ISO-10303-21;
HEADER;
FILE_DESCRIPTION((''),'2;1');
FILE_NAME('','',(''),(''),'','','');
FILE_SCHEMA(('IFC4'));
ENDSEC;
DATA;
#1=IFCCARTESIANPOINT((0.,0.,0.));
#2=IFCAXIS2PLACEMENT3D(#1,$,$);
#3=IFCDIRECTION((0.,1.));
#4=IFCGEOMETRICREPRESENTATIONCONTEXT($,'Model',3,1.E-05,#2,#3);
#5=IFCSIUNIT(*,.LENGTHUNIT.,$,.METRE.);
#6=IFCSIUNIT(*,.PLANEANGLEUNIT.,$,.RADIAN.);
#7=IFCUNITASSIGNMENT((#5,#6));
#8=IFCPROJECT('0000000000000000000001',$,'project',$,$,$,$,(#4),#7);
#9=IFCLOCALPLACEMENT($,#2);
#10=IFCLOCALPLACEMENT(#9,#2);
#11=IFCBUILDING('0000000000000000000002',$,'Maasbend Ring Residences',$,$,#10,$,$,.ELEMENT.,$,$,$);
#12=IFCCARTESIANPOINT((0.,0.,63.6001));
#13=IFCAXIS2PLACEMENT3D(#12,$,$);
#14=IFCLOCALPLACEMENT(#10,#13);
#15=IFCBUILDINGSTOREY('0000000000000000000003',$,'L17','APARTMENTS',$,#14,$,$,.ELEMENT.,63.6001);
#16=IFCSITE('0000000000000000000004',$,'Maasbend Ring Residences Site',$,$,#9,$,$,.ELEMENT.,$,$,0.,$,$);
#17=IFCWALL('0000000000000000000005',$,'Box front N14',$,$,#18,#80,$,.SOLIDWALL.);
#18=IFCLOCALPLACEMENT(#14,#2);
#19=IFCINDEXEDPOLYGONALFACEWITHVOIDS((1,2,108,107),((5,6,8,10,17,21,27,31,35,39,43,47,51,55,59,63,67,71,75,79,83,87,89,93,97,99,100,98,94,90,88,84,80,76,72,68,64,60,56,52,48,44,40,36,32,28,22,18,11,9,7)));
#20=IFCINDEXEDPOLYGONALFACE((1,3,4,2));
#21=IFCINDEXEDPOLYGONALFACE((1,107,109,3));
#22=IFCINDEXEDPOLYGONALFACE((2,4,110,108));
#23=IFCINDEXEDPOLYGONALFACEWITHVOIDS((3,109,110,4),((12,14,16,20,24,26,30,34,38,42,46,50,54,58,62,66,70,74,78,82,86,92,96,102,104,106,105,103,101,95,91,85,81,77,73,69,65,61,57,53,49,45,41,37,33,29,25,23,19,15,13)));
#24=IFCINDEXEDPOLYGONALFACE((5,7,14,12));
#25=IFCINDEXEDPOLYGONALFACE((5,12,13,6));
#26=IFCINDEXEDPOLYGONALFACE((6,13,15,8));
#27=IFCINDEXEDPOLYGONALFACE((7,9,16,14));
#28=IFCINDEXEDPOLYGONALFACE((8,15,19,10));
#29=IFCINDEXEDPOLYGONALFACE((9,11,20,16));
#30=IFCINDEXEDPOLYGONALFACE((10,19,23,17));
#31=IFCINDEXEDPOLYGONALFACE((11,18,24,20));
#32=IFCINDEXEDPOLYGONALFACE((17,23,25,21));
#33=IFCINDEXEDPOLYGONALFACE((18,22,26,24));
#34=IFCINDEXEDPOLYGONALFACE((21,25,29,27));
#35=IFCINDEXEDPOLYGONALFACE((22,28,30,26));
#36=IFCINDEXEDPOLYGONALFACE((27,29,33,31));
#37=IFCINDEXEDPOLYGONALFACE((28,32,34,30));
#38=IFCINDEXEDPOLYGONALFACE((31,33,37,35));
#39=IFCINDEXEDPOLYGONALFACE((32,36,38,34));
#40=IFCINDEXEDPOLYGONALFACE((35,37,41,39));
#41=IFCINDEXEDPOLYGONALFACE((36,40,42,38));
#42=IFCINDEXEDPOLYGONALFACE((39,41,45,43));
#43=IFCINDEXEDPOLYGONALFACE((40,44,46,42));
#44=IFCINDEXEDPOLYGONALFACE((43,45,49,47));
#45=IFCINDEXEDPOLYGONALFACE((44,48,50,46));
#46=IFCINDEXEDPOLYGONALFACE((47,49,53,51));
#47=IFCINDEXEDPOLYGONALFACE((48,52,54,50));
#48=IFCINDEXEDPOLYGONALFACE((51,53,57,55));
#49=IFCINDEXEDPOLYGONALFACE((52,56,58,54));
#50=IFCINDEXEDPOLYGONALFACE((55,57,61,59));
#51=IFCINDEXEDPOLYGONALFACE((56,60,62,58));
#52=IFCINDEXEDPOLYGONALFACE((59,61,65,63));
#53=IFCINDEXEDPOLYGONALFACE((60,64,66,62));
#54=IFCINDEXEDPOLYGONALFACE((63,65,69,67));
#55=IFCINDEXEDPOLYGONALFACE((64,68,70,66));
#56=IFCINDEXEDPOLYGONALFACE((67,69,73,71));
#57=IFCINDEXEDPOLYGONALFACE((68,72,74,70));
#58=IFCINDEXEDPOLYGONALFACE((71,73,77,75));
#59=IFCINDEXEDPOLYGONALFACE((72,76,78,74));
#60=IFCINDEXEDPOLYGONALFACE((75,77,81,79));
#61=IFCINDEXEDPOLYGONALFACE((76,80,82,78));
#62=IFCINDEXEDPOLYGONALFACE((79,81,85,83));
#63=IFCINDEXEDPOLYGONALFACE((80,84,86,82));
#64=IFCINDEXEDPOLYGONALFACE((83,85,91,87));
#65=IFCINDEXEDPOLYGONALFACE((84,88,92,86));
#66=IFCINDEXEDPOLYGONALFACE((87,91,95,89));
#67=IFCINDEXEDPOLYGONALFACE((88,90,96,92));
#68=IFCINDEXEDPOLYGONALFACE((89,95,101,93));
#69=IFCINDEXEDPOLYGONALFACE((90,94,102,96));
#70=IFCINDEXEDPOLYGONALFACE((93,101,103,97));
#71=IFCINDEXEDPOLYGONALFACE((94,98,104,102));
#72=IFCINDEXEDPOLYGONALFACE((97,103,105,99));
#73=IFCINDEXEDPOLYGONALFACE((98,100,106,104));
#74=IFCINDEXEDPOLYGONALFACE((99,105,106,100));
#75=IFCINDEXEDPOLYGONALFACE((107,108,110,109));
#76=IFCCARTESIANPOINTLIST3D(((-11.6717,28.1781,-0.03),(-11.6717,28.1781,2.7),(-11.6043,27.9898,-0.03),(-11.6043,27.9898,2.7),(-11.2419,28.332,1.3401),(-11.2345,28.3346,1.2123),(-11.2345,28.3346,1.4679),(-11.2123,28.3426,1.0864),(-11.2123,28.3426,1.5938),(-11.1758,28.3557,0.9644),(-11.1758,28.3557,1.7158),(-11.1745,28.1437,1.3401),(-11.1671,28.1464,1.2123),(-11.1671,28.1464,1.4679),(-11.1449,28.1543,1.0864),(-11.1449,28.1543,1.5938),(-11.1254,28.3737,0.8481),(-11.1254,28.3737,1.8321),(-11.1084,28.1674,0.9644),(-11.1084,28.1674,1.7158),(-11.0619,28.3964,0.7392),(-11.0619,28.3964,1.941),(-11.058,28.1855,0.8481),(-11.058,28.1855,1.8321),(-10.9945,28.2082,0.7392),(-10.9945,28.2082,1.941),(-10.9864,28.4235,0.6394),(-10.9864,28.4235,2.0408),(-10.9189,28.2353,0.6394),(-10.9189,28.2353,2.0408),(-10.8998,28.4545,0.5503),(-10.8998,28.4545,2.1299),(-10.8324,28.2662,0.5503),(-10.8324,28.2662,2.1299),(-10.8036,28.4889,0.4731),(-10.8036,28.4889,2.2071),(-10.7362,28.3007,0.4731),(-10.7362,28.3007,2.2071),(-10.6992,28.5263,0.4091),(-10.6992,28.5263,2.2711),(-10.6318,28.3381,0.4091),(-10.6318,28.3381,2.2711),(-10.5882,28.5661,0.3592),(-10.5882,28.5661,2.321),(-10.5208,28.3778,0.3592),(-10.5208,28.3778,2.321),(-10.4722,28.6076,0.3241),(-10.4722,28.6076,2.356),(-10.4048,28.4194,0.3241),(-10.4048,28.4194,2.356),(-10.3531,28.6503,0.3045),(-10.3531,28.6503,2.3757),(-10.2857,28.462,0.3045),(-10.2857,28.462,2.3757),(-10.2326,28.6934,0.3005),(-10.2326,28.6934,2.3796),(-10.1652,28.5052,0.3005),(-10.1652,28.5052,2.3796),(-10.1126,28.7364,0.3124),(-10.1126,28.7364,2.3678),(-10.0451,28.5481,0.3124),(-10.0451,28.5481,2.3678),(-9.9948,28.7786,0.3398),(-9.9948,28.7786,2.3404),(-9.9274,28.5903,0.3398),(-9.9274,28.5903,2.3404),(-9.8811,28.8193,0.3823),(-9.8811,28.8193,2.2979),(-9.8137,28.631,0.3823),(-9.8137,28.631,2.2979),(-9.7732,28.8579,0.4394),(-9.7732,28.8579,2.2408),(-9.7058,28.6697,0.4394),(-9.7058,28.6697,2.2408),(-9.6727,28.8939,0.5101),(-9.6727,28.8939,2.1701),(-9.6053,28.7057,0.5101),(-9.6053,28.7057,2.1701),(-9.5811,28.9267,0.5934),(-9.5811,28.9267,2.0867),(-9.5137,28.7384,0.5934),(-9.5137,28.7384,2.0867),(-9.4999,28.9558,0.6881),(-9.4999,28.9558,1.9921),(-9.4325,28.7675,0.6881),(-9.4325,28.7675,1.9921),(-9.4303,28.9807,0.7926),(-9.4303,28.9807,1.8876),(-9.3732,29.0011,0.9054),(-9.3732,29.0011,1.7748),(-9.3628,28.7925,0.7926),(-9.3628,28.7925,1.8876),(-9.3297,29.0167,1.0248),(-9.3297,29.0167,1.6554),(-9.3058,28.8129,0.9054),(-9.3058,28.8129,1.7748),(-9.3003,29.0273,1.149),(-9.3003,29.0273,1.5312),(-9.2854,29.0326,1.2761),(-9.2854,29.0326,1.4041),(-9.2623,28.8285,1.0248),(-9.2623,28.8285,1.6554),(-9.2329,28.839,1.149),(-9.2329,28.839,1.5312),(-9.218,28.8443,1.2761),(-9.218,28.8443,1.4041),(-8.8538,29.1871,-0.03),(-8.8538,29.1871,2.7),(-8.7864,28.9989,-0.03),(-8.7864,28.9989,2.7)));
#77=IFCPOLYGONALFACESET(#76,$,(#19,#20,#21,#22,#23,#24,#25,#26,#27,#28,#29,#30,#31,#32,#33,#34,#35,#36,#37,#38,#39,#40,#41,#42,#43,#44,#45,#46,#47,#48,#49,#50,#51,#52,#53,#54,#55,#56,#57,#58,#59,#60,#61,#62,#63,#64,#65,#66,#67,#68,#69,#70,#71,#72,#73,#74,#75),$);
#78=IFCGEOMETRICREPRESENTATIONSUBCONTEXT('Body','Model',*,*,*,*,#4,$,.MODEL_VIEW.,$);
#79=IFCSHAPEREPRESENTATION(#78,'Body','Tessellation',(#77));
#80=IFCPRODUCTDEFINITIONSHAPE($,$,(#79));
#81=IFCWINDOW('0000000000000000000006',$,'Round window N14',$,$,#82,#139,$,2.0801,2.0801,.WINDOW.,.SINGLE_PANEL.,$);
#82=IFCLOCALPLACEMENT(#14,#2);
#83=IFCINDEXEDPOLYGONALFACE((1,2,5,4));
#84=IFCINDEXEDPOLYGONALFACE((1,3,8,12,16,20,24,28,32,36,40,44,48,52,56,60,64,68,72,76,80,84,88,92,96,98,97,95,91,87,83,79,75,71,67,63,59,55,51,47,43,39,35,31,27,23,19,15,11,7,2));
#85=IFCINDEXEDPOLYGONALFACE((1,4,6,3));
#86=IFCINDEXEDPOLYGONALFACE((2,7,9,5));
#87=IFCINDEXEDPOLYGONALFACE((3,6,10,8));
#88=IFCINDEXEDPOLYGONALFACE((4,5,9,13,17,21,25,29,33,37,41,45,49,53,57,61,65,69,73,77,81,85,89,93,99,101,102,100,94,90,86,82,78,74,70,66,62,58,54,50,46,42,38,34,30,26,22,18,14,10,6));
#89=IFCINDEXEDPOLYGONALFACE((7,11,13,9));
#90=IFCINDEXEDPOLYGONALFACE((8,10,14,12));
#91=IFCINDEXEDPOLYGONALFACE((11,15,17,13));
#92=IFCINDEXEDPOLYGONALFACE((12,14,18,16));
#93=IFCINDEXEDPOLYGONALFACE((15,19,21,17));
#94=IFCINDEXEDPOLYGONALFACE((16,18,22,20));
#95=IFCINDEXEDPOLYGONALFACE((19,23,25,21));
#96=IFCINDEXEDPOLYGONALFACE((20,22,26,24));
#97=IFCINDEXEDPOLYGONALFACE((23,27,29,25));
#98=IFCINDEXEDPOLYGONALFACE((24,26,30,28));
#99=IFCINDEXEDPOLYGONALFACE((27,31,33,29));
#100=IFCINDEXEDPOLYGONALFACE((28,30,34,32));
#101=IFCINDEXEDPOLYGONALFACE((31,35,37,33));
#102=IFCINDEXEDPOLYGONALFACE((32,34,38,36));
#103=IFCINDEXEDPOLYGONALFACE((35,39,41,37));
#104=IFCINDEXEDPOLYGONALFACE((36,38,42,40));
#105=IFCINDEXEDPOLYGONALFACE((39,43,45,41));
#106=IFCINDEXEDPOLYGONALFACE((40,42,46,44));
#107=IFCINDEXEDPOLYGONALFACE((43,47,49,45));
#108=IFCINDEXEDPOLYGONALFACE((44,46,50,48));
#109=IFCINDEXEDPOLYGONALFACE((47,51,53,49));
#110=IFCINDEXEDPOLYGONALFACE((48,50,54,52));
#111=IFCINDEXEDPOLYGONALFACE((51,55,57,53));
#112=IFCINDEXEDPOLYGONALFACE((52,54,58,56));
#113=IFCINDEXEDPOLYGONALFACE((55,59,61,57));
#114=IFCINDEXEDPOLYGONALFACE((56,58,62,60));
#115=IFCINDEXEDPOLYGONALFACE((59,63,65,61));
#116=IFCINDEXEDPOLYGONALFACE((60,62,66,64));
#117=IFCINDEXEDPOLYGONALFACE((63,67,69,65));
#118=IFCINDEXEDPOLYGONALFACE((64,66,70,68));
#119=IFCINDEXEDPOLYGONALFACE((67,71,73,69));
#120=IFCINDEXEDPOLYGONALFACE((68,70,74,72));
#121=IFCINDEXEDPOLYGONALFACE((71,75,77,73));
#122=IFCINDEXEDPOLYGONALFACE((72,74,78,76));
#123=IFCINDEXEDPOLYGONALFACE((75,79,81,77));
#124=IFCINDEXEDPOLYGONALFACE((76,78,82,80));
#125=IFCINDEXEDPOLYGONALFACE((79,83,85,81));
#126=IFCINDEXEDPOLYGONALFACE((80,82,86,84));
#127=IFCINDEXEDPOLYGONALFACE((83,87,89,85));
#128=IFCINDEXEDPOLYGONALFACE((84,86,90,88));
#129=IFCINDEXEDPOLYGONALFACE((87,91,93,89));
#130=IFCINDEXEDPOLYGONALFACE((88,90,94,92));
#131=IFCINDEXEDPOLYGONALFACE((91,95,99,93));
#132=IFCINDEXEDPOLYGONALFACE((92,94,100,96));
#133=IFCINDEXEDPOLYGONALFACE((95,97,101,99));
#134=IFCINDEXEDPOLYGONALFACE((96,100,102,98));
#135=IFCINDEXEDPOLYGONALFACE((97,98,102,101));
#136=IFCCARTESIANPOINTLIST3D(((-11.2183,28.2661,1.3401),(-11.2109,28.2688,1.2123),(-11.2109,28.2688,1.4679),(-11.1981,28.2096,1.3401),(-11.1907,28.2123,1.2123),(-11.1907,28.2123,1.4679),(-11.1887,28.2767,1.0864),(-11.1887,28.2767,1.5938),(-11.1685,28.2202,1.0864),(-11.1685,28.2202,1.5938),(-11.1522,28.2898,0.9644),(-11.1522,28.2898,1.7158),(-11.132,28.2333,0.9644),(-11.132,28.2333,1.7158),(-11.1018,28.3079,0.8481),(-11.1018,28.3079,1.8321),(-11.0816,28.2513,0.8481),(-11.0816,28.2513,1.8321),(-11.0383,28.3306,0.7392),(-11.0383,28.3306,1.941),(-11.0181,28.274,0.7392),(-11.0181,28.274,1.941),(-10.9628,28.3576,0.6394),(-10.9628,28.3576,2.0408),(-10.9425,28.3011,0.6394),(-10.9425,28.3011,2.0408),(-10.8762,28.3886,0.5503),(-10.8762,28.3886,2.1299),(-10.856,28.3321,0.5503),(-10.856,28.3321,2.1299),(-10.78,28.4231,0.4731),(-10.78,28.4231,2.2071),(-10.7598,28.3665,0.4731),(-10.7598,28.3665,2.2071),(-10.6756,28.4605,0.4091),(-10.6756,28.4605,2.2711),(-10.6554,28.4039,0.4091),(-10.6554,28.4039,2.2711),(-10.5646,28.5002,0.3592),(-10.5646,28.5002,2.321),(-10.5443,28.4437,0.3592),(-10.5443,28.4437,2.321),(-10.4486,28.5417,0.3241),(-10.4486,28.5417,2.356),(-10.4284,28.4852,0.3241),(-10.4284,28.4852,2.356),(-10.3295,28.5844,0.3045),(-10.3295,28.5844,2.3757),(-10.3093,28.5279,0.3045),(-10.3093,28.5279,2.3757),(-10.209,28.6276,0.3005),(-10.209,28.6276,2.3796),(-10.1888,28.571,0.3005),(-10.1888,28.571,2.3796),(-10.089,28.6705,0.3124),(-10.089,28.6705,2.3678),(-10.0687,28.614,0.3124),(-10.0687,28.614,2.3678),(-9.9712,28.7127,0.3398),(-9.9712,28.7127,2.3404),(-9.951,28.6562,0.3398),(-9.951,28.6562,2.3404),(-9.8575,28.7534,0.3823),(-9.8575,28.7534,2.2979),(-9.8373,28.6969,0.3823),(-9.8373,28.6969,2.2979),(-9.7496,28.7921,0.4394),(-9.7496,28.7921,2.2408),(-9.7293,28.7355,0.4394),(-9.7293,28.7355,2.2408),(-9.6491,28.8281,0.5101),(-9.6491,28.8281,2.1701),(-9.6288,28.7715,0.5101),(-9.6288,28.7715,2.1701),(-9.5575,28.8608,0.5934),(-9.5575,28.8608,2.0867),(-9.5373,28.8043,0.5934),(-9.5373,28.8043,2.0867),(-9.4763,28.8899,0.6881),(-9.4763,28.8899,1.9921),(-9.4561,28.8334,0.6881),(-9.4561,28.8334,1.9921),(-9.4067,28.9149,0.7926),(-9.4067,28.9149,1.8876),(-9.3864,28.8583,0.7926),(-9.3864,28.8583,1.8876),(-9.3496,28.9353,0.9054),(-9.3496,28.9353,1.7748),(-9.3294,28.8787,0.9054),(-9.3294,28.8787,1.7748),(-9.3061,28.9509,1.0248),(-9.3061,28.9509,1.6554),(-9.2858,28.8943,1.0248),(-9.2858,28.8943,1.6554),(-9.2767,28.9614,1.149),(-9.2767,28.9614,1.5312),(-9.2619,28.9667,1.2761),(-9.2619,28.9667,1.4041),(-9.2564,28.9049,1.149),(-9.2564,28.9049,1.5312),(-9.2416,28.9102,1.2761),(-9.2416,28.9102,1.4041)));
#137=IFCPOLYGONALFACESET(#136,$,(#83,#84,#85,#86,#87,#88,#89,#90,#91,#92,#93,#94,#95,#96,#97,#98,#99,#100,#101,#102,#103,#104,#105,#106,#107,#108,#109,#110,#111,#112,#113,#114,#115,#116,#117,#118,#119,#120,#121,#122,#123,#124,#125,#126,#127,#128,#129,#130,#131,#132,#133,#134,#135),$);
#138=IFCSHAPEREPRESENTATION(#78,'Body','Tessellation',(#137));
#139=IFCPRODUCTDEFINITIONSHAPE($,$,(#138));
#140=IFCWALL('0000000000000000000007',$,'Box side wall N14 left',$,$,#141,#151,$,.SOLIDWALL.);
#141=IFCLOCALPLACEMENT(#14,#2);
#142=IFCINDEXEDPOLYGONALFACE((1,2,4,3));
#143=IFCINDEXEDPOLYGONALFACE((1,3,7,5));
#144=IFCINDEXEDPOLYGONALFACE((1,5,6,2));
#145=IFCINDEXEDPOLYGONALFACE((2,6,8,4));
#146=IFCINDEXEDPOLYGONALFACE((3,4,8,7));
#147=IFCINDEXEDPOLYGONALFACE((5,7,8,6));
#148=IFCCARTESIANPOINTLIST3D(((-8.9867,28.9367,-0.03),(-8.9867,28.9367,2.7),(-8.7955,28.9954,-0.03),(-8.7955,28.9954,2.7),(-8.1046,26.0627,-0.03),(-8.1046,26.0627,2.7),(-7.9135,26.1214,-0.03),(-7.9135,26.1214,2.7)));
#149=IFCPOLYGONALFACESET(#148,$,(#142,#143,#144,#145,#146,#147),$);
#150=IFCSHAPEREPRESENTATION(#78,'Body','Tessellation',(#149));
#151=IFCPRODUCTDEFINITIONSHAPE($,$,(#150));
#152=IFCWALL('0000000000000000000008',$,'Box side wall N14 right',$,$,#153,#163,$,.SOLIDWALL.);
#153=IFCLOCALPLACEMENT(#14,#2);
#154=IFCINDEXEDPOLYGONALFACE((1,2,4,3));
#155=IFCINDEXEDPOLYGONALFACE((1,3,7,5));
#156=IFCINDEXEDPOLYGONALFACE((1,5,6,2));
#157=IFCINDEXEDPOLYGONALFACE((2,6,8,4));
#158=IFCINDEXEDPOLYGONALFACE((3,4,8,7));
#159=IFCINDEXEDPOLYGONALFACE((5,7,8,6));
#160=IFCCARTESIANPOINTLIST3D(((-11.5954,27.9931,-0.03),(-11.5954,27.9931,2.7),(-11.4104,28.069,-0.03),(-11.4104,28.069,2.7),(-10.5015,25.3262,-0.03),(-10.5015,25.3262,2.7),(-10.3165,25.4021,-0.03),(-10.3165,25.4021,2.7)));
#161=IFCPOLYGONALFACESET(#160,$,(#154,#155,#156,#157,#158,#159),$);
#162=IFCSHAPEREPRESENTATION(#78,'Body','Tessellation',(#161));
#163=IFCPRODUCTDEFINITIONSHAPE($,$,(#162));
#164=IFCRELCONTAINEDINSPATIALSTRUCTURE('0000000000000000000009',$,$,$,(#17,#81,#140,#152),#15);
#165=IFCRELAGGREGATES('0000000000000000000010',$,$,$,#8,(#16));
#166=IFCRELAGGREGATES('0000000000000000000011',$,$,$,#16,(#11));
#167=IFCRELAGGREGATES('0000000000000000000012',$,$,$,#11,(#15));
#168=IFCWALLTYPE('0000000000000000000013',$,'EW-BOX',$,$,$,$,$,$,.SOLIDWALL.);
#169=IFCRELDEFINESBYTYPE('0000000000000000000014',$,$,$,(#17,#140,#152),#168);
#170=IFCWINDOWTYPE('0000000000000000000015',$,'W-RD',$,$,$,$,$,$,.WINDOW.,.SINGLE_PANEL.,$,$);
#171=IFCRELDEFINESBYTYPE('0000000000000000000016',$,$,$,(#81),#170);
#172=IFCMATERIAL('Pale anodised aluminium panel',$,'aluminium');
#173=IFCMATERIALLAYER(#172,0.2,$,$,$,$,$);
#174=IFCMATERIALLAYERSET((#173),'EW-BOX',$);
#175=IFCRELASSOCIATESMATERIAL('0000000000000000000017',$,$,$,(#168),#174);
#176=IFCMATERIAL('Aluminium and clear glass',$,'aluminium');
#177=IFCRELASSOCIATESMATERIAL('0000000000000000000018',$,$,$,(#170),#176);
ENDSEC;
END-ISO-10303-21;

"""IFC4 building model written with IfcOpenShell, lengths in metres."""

from ifc_helpers import new_model, si_unit, direction, frame, frame_2d, origin, place, context, subcontext, project, spatial, rectangle, circle, extrude, material, layer, layer_set, type_object, element, fill, save


model = new_model("IFC4")

# Units and contexts
model_context = context("Model", 3, precision=1e-05, world=origin(), true_north=direction((0.0, 1.0)))
body_context = subcontext(model_context, "Body", "Model", "MODEL_VIEW")
ifc_project = project(units=[si_unit("LENGTHUNIT", "METRE"), si_unit("PLANEANGLEUNIT", "RADIAN")], contexts=[model_context])

# Site, building, storey
site_placement = place(None, origin())
site = spatial("IfcSite", under=ifc_project, at=site_placement, Name="Maasbend Ring Residences Site", CompositionType="ELEMENT", RefElevation=0.0)
building_placement = place(site_placement, origin())
building = spatial("IfcBuilding", under=site, at=building_placement, Name="Maasbend Ring Residences", CompositionType="ELEMENT")
storey_placement = place(building_placement, frame((0.0, 0.0, 63.6001)))
storey = spatial("IfcBuildingStorey", under=building, at=storey_placement, Name="L17", Description="APARTMENTS", CompositionType="ELEMENT", Elevation=63.6001)

# Shared definitions
ifc_material_1 = material(Name="Pale anodised aluminium panel", Category="aluminium")
ifc_layer_1 = layer(ifc_material_1, 0.2)
ifc_layer_set_1 = layer_set([ifc_layer_1], Name="EW-BOX")
wall_type_1 = type_object("IfcWallType", Name="EW-BOX", PredefinedType="SOLIDWALL", material=ifc_layer_set_1)
ifc_material_2 = material(Name="Aluminium and clear glass", Category="aluminium")
window_type_1 = type_object("IfcWindowType", Name="W-RD", PartitioningType="SINGLE_PANEL", PredefinedType="WINDOW", material=ifc_material_2)

# Wall, opening, window
wall_1_placement = place(storey_placement, frame((-8.8201, 29.093, -0.03), z_axis=(0.0, 0.0, 1.0), x_axis=(-0.941461, -0.337122, 0.0)))
wall_1 = element("IfcWall", 1, at=wall_1_placement, inside=storey, type_object=wall_type_1, Name="Box front N14", PredefinedType="SOLIDWALL", context=body_context, shape_type="SweptSolid", body=[
    extrude(rectangle(XDim=2.9932, YDim=0.2, at=frame_2d((1.4966, 0.0))), origin(), (0.0, 0.0, 1.0), 2.73),
])
opening_1_placement = place(wall_1_placement, frame((0.4565, 0.0, 0.3301)))
opening_1 = element("IfcOpeningElement", 2, at=opening_1_placement, cuts=wall_1, PredefinedType="OPENING", context=body_context, shape_type="SweptSolid", body=[
    extrude(circle(Radius=1.04, at=frame_2d((1.04, 1.04))), frame((0.0, 0.1099, 0.0), z_axis=(0.0, -1.0, 0.0), x_axis=(1.0, 0.0, 0.0)), (0.0, 0.0, 1.0), 0.22),
])
window_1_placement = place(opening_1_placement, origin())
window_1 = element("IfcWindow", 3, at=window_1_placement, inside=storey, type_object=window_type_1, Name="Round window N14", OverallHeight=2.0801, OverallWidth=2.0801, PartitioningType="SINGLE_PANEL", PredefinedType="WINDOW", context=body_context, shape_type="SweptSolid", body=[
    extrude(circle(Radius=1.04, at=frame_2d((1.04, 1.04))), frame((0.0, 0.03, 0.0), z_axis=(0.0, -1.0, 0.0), x_axis=(1.0, 0.0, 0.0)), (0.0, 0.0, 1.0), 0.0601),
])
fill(opening_1, window_1)

# Walls
wall_2_placement = place(storey_placement, frame((-8.009, 26.092, -0.03), z_axis=(0.0, 0.0, 1.0), x_axis=(-0.293407, 0.955988, 0.0)))
element("IfcWall", 4, at=wall_2_placement, inside=storey, type_object=wall_type_1, Name="Box side wall N14 left", PredefinedType="SOLIDWALL", context=body_context, shape_type="SweptSolid", body=[
    extrude(rectangle(XDim=3.0063, YDim=0.2, at=frame_2d((1.5032, 0.0))), origin(), (0.0, 0.0, 1.0), 2.73),
])
wall_3_placement = place(storey_placement, frame((-10.4089, 25.364, -0.03), z_axis=(0.0, 0.0, 1.0), x_axis=(-0.37951, 0.925188, 0.0)))
element("IfcWall", 5, at=wall_3_placement, inside=storey, type_object=wall_type_1, Name="Box side wall N14 right", PredefinedType="SOLIDWALL", context=body_context, shape_type="SweptSolid", body=[
    extrude(rectangle(XDim=2.8826, YDim=0.2, at=frame_2d((1.4414, 0.0))), origin(), (0.0, 0.0, 1.0), 2.73),
])

save(model, "model.ifc")
